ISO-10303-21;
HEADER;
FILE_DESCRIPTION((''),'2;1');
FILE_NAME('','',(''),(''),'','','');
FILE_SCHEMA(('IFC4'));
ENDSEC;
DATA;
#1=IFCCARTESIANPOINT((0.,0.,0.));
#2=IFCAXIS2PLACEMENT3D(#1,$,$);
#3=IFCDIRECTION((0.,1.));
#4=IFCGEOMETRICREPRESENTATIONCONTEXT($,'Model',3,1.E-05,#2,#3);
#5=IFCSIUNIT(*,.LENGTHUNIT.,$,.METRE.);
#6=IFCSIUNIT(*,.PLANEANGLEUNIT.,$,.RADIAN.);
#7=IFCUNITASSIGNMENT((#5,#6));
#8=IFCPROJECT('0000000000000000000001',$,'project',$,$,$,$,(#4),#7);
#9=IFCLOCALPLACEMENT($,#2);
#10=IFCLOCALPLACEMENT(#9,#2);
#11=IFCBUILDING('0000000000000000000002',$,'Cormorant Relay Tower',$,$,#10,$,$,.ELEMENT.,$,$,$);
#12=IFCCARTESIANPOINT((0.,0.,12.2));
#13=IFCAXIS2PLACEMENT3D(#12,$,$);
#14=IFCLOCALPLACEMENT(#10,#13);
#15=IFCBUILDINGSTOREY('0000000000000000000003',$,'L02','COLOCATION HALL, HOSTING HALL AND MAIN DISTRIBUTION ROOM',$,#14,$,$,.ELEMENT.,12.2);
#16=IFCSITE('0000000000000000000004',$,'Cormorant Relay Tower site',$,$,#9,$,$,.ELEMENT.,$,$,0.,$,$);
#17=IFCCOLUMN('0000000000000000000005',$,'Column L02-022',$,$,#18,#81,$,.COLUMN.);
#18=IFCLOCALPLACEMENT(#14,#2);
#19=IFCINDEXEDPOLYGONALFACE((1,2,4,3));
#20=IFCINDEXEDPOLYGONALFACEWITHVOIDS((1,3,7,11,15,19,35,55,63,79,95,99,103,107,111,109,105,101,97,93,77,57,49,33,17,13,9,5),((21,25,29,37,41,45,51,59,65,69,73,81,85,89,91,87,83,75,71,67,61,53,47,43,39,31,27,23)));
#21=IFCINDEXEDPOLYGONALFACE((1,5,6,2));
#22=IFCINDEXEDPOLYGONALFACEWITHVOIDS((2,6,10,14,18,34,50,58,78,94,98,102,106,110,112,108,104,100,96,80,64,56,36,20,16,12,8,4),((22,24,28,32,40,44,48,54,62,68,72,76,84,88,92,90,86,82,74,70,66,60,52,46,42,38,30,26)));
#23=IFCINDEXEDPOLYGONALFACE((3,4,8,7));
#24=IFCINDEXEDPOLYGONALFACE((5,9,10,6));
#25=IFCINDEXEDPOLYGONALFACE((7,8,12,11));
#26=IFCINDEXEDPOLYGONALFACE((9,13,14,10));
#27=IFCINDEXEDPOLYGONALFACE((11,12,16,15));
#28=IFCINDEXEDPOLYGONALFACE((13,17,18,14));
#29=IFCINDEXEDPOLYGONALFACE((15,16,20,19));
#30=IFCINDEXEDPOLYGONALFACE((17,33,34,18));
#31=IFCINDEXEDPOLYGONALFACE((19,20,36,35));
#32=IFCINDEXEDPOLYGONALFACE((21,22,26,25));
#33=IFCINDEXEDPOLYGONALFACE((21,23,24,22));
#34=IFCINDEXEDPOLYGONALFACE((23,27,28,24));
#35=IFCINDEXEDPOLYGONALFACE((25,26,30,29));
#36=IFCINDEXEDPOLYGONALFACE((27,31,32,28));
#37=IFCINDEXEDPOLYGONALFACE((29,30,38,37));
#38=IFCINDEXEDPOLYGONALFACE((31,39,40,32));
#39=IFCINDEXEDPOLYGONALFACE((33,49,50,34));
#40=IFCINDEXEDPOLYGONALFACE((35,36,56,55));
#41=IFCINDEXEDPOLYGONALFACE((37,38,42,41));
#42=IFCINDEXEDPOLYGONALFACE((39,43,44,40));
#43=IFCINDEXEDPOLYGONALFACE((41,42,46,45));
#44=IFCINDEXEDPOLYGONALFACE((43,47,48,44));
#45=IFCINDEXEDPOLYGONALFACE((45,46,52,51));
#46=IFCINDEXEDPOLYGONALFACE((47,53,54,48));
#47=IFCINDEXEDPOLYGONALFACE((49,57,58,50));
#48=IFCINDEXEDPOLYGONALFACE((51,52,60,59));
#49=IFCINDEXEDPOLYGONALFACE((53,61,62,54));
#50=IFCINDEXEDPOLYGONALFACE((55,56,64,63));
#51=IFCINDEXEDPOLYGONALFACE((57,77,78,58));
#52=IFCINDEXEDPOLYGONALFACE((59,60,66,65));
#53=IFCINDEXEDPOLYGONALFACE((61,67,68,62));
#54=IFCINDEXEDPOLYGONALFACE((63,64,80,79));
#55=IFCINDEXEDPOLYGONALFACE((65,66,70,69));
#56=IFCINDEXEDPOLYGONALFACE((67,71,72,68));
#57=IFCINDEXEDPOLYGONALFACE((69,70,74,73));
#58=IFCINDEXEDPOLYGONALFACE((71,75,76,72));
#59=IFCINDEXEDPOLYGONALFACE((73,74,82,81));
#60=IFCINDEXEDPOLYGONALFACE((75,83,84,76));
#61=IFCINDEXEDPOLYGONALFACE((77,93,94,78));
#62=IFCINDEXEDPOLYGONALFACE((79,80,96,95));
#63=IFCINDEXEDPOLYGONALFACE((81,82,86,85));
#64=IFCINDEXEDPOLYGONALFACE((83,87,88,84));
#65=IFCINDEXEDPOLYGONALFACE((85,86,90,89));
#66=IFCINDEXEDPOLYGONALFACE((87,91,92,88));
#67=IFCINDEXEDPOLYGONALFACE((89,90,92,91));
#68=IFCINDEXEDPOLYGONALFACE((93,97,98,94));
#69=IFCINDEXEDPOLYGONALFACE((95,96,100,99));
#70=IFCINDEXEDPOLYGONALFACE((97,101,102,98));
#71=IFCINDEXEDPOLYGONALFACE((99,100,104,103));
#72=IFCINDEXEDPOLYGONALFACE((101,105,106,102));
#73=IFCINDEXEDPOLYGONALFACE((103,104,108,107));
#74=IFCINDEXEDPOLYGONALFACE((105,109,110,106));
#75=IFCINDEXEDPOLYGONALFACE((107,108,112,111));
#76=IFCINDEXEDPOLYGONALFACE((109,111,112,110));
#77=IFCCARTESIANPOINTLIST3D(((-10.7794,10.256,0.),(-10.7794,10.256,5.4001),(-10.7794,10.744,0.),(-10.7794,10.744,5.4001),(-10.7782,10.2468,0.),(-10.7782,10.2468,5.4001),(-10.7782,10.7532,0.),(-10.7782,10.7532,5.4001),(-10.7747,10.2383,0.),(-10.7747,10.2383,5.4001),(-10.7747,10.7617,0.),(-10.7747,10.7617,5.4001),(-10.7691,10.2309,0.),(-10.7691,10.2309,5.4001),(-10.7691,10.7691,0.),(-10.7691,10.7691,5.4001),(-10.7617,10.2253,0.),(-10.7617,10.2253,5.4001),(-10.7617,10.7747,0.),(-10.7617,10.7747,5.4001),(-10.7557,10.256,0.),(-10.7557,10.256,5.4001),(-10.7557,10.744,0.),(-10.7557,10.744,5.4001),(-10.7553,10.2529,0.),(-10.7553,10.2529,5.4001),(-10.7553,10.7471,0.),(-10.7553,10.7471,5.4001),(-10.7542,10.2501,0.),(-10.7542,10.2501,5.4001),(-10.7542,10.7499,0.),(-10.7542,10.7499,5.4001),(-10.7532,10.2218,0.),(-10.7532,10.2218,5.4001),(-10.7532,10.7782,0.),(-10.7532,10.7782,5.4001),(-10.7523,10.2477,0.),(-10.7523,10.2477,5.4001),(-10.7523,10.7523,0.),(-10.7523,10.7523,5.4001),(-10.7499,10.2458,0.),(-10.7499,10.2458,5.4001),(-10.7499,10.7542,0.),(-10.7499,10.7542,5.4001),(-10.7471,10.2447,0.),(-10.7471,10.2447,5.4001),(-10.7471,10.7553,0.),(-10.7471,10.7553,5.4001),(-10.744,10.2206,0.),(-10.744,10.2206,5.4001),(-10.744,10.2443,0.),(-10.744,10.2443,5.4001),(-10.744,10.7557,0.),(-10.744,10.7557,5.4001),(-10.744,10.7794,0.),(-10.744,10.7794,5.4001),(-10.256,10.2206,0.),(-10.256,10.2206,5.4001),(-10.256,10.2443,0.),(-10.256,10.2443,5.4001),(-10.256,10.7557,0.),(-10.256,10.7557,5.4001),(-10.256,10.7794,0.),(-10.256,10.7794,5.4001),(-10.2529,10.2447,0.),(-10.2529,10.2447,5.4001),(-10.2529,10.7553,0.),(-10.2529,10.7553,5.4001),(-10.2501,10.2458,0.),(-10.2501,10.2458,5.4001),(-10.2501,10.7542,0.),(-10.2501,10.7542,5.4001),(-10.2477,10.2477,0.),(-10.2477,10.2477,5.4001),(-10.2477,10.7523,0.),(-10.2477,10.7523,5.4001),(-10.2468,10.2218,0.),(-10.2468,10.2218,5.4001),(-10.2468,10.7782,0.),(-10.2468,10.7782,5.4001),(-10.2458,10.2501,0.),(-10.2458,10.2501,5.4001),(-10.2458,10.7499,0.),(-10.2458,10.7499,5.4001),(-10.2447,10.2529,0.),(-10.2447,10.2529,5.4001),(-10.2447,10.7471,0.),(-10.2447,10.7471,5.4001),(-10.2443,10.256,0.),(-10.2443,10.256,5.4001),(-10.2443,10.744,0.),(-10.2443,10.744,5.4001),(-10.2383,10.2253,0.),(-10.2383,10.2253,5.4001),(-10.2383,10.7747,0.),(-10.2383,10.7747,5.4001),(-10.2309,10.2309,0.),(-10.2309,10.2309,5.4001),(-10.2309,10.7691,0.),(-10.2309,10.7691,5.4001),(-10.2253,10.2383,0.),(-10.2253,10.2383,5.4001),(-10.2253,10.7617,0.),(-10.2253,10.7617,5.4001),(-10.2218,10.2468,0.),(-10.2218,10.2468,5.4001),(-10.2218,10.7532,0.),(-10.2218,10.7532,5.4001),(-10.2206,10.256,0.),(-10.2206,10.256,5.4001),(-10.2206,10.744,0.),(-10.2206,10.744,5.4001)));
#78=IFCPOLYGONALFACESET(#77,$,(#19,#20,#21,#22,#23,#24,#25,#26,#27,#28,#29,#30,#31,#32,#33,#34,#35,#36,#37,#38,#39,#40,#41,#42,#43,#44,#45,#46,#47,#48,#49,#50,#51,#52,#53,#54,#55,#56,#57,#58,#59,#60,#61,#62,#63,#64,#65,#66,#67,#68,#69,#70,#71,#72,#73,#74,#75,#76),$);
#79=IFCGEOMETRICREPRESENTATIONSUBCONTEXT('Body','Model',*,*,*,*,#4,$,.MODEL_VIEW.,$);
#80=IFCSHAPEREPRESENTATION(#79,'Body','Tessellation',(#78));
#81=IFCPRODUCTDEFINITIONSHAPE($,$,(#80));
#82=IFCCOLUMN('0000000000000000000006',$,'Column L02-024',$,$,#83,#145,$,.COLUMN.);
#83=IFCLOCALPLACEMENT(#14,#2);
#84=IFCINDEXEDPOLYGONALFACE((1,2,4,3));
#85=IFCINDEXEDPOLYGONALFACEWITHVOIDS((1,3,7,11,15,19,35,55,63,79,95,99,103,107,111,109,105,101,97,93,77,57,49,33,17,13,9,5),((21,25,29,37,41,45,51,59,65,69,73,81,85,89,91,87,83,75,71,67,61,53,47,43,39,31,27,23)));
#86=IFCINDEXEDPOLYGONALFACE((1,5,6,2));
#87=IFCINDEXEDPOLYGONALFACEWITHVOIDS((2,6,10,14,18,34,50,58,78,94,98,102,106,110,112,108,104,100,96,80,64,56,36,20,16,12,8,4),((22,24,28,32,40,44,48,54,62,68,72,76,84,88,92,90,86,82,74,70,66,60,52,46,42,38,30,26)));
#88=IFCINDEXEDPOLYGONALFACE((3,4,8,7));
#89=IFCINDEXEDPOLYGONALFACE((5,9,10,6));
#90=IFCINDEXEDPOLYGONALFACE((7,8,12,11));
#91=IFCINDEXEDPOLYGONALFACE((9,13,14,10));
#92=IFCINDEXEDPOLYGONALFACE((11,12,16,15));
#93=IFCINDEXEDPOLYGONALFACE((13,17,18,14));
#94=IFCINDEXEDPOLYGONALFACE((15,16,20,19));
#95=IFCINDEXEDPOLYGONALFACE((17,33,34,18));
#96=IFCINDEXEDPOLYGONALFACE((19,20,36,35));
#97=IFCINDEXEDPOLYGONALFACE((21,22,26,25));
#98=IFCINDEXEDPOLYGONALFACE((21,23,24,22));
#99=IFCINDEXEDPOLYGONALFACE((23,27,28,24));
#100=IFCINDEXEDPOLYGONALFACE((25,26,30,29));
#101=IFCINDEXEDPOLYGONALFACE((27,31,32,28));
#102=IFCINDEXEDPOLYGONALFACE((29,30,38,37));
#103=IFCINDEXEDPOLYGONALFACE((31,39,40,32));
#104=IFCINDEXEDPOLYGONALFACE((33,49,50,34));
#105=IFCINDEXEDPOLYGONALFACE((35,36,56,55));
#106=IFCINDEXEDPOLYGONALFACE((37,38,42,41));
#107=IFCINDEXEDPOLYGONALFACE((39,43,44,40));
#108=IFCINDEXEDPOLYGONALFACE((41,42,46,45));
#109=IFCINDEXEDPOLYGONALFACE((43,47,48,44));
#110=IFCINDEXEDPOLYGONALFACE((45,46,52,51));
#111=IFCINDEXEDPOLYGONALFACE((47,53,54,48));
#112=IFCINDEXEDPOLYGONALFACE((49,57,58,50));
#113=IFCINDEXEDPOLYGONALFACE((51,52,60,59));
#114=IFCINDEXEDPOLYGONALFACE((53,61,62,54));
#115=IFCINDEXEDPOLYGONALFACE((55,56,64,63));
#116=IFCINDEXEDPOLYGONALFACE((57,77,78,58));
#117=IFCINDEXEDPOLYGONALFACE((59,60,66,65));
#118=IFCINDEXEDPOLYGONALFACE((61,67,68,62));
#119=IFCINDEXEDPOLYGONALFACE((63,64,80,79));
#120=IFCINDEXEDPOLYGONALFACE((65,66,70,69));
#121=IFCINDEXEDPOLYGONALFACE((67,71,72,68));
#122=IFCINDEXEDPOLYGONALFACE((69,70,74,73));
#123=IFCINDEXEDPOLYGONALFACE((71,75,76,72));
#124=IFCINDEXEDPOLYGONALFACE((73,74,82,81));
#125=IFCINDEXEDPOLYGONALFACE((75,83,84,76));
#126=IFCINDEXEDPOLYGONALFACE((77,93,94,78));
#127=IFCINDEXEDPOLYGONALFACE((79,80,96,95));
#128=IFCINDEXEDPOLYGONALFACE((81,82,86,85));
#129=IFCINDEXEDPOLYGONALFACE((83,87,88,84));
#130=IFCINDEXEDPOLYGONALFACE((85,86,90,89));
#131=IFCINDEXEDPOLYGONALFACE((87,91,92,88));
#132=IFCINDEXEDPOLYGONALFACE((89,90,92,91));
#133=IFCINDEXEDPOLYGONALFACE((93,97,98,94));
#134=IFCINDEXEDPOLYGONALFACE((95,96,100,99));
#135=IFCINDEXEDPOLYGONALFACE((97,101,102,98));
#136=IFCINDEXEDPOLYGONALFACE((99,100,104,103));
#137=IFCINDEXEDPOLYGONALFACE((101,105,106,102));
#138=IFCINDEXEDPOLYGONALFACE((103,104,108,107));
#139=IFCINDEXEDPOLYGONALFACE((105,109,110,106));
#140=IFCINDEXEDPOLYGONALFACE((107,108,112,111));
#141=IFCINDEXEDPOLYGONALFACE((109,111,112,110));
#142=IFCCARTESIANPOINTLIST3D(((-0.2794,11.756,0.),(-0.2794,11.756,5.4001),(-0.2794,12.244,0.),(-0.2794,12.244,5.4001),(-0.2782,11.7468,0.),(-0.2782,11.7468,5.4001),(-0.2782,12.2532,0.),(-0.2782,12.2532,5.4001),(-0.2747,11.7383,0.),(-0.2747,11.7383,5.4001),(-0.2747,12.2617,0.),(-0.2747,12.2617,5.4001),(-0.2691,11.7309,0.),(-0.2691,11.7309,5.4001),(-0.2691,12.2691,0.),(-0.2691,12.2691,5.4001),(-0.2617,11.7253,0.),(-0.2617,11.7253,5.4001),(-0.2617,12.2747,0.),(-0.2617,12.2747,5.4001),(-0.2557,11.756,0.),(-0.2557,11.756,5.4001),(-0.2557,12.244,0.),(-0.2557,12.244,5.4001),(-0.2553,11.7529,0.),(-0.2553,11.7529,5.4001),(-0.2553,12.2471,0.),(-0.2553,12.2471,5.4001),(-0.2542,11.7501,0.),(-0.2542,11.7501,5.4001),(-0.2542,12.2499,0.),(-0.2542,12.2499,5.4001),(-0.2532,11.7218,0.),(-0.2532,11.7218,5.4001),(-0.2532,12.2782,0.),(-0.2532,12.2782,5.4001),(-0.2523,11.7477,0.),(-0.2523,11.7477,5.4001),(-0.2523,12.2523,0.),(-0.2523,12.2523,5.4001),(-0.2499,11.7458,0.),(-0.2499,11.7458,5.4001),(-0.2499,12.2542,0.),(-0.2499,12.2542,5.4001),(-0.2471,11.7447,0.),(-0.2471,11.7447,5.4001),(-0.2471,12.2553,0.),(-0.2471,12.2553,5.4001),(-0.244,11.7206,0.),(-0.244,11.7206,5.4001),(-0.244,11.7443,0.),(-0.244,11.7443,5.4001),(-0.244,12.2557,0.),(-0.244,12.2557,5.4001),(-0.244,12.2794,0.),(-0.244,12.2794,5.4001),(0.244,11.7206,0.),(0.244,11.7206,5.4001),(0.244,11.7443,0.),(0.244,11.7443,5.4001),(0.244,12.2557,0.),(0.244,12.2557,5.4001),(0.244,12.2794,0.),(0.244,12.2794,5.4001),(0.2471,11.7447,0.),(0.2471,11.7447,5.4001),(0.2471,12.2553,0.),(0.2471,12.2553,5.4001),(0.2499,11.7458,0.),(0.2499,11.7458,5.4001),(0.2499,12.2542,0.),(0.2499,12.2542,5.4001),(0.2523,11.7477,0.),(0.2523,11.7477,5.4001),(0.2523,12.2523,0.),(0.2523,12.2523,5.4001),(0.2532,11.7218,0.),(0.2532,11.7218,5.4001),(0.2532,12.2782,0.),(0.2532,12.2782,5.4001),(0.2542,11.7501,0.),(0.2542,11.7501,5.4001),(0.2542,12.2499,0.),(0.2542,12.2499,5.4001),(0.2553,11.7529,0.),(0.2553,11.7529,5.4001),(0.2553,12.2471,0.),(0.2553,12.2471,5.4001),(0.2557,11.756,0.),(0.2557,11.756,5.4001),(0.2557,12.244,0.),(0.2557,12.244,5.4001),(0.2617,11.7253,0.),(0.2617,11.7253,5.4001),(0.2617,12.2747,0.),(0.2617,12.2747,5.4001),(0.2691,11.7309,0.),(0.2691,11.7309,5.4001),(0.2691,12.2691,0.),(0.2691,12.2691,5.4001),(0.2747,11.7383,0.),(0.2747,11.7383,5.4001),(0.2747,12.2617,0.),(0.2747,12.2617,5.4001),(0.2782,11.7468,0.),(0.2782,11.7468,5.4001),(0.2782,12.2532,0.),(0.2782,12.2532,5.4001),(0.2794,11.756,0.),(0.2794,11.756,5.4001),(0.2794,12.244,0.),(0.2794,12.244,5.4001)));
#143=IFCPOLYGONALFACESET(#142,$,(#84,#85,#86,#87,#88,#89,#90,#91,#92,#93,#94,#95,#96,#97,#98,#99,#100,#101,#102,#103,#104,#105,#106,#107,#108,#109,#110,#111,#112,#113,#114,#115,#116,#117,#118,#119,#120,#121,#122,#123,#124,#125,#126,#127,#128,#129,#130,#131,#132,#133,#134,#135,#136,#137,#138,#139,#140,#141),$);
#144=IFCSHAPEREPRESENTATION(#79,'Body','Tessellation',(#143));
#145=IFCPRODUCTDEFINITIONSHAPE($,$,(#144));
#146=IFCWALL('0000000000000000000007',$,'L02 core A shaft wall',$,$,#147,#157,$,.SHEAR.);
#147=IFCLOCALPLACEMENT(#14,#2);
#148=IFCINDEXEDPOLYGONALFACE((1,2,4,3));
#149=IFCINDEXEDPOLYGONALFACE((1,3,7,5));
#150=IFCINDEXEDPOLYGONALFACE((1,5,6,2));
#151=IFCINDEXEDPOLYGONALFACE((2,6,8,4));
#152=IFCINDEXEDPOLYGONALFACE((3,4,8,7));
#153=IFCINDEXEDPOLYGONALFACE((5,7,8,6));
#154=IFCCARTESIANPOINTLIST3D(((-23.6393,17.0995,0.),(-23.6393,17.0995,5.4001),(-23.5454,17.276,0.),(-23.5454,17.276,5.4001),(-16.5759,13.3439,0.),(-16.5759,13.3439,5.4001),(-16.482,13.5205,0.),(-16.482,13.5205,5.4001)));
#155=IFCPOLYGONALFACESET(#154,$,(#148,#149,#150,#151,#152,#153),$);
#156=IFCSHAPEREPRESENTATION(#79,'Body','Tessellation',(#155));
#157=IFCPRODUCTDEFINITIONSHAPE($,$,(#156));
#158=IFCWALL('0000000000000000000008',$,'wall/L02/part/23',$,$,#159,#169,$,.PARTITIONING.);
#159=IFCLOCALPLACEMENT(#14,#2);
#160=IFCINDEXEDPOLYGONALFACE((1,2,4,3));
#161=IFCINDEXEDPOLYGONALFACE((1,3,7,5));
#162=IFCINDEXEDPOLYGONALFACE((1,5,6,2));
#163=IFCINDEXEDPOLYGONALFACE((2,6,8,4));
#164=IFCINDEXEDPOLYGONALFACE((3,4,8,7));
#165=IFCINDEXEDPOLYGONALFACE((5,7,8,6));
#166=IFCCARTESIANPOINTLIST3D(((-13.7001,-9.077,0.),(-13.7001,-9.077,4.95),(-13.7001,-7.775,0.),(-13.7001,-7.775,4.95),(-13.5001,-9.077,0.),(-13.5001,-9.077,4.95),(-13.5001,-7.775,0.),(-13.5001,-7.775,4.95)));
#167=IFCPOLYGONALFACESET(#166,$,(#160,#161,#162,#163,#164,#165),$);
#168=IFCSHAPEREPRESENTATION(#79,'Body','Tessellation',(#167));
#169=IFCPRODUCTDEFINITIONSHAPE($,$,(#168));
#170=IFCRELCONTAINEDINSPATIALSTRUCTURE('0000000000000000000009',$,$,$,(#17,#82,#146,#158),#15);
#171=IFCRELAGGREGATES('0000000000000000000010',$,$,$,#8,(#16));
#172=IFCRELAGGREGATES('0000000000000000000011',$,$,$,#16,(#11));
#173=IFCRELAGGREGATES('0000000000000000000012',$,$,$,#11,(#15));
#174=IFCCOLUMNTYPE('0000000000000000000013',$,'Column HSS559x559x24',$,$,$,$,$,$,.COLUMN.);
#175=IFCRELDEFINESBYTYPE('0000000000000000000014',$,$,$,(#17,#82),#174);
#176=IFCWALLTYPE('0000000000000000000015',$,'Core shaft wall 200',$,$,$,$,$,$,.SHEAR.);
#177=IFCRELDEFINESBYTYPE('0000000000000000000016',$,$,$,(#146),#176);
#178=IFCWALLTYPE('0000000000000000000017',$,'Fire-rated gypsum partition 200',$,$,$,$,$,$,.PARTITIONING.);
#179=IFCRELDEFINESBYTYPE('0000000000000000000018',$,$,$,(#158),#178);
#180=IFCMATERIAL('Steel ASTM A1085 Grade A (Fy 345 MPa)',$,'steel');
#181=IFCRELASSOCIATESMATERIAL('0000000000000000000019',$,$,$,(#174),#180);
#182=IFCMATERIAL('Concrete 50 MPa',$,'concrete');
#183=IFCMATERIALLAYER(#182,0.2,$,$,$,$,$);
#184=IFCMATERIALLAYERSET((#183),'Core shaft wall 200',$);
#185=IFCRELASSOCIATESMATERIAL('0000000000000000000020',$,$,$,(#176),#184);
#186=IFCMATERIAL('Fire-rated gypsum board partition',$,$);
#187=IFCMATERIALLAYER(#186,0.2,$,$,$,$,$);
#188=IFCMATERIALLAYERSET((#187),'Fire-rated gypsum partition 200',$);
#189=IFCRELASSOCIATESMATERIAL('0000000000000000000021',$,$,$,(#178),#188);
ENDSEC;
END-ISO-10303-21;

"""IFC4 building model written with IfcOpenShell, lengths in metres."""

from ifc_helpers import new_model, si_unit, direction, frame, frame_2d, origin, origin_2d, place, context, subcontext, project, spatial, rectangle, hollow_rectangle, extrude, material, layer, layer_set, material_profile, profile_set, type_object, element, save


model = new_model("IFC4")

# Units and contexts
model_context = context("Model", 3, precision=1e-05, world=origin(), true_north=direction((0.0, 1.0)))
body_context = subcontext(model_context, "Body", "Model", "MODEL_VIEW")
ifc_project = project(units=[si_unit("LENGTHUNIT", "METRE"), si_unit("PLANEANGLEUNIT", "RADIAN")], contexts=[model_context])

# Site, building, storey
site_placement = place(None, origin())
site = spatial("IfcSite", under=ifc_project, at=site_placement, Name="Cormorant Relay Tower site", CompositionType="ELEMENT", RefElevation=0.0)
building_placement = place(site_placement, origin())
building = spatial("IfcBuilding", under=site, at=building_placement, Name="Cormorant Relay Tower", CompositionType="ELEMENT")
storey_placement = place(building_placement, frame((0.0, 0.0, 12.2)))
storey = spatial("IfcBuildingStorey", under=building, at=storey_placement, Name="L02", Description="COLOCATION HALL, HOSTING HALL AND MAIN DISTRIBUTION ROOM", CompositionType="ELEMENT", Elevation=12.2)

# Columns
ifc_material_1 = material(Name="Steel ASTM A1085 Grade A (Fy 345 MPa)", Category="steel")
ifc_material_profile = material_profile(ifc_material_1, hollow_rectangle(XDim=0.5588, YDim=0.5588, WallThickness=0.0237, InnerFilletRadius=0.0117, OuterFilletRadius=0.0354, at=origin_2d()), Name="HSS559x559x24")
ifc_profile_set = profile_set([ifc_material_profile], Name="Steel ASTM A1085 Grade A (Fy 345 MPa)")
column_type = type_object("IfcColumnType", Name="Column HSS559x559x24", PredefinedType="COLUMN", material=ifc_profile_set)
for number, where, z_axis, x_axis, name in (
    (1, (-10.5, 10.5, 0.0), (0.0, 0.0, 1.0), (1.0, 0.0, 0.0), "Column L02-022"),
    (2, (0.0, 12.0, 0.0), (0.0, 0.0, 1.0), (1.0, 0.0, 0.0), "Column L02-024"),
):
    element("IfcColumn", number, at=place(storey_placement, frame(where, z_axis=z_axis, x_axis=x_axis)), inside=storey, type_object=column_type, Name=name, PredefinedType="COLUMN", context=body_context, shape_type="SweptSolid", body=[
        extrude(hollow_rectangle(XDim=0.5588, YDim=0.5588, WallThickness=0.0237, InnerFilletRadius=0.0117, OuterFilletRadius=0.0354, at=origin_2d()), origin(), (0.0, 0.0, 1.0), 5.4001),
    ])

# Walls
ifc_material_2 = material(Name="Concrete 50 MPa", Category="concrete")
ifc_layer_1 = layer(ifc_material_2, 0.2)
ifc_layer_set_1 = layer_set([ifc_layer_1], Name="Core shaft wall 200")
wall_type_1 = type_object("IfcWallType", Name="Core shaft wall 200", PredefinedType="SHEAR", material=ifc_layer_set_1)
wall_1_placement = place(storey_placement, frame((-16.5288, 13.4321, 0.0), z_axis=(0.0, 0.0, 1.0), x_axis=(-0.882953, 0.469462, 0.0)))
element("IfcWall", 3, at=wall_1_placement, inside=storey, type_object=wall_type_1, Name="L02 core A shaft wall", PredefinedType="SHEAR", context=body_context, shape_type="SweptSolid", body=[
    extrude(rectangle(XDim=7.9998, YDim=0.2, at=frame_2d((4.0, 0.0))), origin(), (0.0, 0.0, 1.0), 5.4001),
])
ifc_material_3 = material(Name="Fire-rated gypsum board partition")
ifc_layer_2 = layer(ifc_material_3, 0.2)
ifc_layer_set_2 = layer_set([ifc_layer_2], Name="Fire-rated gypsum partition 200")
wall_type_2 = type_object("IfcWallType", Name="Fire-rated gypsum partition 200", PredefinedType="PARTITIONING", material=ifc_layer_set_2)
wall_2_placement = place(storey_placement, frame((-13.6001, -9.0769, 0.0), z_axis=(0.0, 0.0, 1.0), x_axis=(0.0, 1.0, 0.0)))
element("IfcWall", 4, at=wall_2_placement, inside=storey, type_object=wall_type_2, Name="wall/L02/part/23", PredefinedType="PARTITIONING", context=body_context, shape_type="SweptSolid", body=[
    extrude(rectangle(XDim=1.302, YDim=0.2, at=frame_2d((0.6509, 0.0))), origin(), (0.0, 0.0, 1.0), 4.95),
])

save(model, "model.ifc")
